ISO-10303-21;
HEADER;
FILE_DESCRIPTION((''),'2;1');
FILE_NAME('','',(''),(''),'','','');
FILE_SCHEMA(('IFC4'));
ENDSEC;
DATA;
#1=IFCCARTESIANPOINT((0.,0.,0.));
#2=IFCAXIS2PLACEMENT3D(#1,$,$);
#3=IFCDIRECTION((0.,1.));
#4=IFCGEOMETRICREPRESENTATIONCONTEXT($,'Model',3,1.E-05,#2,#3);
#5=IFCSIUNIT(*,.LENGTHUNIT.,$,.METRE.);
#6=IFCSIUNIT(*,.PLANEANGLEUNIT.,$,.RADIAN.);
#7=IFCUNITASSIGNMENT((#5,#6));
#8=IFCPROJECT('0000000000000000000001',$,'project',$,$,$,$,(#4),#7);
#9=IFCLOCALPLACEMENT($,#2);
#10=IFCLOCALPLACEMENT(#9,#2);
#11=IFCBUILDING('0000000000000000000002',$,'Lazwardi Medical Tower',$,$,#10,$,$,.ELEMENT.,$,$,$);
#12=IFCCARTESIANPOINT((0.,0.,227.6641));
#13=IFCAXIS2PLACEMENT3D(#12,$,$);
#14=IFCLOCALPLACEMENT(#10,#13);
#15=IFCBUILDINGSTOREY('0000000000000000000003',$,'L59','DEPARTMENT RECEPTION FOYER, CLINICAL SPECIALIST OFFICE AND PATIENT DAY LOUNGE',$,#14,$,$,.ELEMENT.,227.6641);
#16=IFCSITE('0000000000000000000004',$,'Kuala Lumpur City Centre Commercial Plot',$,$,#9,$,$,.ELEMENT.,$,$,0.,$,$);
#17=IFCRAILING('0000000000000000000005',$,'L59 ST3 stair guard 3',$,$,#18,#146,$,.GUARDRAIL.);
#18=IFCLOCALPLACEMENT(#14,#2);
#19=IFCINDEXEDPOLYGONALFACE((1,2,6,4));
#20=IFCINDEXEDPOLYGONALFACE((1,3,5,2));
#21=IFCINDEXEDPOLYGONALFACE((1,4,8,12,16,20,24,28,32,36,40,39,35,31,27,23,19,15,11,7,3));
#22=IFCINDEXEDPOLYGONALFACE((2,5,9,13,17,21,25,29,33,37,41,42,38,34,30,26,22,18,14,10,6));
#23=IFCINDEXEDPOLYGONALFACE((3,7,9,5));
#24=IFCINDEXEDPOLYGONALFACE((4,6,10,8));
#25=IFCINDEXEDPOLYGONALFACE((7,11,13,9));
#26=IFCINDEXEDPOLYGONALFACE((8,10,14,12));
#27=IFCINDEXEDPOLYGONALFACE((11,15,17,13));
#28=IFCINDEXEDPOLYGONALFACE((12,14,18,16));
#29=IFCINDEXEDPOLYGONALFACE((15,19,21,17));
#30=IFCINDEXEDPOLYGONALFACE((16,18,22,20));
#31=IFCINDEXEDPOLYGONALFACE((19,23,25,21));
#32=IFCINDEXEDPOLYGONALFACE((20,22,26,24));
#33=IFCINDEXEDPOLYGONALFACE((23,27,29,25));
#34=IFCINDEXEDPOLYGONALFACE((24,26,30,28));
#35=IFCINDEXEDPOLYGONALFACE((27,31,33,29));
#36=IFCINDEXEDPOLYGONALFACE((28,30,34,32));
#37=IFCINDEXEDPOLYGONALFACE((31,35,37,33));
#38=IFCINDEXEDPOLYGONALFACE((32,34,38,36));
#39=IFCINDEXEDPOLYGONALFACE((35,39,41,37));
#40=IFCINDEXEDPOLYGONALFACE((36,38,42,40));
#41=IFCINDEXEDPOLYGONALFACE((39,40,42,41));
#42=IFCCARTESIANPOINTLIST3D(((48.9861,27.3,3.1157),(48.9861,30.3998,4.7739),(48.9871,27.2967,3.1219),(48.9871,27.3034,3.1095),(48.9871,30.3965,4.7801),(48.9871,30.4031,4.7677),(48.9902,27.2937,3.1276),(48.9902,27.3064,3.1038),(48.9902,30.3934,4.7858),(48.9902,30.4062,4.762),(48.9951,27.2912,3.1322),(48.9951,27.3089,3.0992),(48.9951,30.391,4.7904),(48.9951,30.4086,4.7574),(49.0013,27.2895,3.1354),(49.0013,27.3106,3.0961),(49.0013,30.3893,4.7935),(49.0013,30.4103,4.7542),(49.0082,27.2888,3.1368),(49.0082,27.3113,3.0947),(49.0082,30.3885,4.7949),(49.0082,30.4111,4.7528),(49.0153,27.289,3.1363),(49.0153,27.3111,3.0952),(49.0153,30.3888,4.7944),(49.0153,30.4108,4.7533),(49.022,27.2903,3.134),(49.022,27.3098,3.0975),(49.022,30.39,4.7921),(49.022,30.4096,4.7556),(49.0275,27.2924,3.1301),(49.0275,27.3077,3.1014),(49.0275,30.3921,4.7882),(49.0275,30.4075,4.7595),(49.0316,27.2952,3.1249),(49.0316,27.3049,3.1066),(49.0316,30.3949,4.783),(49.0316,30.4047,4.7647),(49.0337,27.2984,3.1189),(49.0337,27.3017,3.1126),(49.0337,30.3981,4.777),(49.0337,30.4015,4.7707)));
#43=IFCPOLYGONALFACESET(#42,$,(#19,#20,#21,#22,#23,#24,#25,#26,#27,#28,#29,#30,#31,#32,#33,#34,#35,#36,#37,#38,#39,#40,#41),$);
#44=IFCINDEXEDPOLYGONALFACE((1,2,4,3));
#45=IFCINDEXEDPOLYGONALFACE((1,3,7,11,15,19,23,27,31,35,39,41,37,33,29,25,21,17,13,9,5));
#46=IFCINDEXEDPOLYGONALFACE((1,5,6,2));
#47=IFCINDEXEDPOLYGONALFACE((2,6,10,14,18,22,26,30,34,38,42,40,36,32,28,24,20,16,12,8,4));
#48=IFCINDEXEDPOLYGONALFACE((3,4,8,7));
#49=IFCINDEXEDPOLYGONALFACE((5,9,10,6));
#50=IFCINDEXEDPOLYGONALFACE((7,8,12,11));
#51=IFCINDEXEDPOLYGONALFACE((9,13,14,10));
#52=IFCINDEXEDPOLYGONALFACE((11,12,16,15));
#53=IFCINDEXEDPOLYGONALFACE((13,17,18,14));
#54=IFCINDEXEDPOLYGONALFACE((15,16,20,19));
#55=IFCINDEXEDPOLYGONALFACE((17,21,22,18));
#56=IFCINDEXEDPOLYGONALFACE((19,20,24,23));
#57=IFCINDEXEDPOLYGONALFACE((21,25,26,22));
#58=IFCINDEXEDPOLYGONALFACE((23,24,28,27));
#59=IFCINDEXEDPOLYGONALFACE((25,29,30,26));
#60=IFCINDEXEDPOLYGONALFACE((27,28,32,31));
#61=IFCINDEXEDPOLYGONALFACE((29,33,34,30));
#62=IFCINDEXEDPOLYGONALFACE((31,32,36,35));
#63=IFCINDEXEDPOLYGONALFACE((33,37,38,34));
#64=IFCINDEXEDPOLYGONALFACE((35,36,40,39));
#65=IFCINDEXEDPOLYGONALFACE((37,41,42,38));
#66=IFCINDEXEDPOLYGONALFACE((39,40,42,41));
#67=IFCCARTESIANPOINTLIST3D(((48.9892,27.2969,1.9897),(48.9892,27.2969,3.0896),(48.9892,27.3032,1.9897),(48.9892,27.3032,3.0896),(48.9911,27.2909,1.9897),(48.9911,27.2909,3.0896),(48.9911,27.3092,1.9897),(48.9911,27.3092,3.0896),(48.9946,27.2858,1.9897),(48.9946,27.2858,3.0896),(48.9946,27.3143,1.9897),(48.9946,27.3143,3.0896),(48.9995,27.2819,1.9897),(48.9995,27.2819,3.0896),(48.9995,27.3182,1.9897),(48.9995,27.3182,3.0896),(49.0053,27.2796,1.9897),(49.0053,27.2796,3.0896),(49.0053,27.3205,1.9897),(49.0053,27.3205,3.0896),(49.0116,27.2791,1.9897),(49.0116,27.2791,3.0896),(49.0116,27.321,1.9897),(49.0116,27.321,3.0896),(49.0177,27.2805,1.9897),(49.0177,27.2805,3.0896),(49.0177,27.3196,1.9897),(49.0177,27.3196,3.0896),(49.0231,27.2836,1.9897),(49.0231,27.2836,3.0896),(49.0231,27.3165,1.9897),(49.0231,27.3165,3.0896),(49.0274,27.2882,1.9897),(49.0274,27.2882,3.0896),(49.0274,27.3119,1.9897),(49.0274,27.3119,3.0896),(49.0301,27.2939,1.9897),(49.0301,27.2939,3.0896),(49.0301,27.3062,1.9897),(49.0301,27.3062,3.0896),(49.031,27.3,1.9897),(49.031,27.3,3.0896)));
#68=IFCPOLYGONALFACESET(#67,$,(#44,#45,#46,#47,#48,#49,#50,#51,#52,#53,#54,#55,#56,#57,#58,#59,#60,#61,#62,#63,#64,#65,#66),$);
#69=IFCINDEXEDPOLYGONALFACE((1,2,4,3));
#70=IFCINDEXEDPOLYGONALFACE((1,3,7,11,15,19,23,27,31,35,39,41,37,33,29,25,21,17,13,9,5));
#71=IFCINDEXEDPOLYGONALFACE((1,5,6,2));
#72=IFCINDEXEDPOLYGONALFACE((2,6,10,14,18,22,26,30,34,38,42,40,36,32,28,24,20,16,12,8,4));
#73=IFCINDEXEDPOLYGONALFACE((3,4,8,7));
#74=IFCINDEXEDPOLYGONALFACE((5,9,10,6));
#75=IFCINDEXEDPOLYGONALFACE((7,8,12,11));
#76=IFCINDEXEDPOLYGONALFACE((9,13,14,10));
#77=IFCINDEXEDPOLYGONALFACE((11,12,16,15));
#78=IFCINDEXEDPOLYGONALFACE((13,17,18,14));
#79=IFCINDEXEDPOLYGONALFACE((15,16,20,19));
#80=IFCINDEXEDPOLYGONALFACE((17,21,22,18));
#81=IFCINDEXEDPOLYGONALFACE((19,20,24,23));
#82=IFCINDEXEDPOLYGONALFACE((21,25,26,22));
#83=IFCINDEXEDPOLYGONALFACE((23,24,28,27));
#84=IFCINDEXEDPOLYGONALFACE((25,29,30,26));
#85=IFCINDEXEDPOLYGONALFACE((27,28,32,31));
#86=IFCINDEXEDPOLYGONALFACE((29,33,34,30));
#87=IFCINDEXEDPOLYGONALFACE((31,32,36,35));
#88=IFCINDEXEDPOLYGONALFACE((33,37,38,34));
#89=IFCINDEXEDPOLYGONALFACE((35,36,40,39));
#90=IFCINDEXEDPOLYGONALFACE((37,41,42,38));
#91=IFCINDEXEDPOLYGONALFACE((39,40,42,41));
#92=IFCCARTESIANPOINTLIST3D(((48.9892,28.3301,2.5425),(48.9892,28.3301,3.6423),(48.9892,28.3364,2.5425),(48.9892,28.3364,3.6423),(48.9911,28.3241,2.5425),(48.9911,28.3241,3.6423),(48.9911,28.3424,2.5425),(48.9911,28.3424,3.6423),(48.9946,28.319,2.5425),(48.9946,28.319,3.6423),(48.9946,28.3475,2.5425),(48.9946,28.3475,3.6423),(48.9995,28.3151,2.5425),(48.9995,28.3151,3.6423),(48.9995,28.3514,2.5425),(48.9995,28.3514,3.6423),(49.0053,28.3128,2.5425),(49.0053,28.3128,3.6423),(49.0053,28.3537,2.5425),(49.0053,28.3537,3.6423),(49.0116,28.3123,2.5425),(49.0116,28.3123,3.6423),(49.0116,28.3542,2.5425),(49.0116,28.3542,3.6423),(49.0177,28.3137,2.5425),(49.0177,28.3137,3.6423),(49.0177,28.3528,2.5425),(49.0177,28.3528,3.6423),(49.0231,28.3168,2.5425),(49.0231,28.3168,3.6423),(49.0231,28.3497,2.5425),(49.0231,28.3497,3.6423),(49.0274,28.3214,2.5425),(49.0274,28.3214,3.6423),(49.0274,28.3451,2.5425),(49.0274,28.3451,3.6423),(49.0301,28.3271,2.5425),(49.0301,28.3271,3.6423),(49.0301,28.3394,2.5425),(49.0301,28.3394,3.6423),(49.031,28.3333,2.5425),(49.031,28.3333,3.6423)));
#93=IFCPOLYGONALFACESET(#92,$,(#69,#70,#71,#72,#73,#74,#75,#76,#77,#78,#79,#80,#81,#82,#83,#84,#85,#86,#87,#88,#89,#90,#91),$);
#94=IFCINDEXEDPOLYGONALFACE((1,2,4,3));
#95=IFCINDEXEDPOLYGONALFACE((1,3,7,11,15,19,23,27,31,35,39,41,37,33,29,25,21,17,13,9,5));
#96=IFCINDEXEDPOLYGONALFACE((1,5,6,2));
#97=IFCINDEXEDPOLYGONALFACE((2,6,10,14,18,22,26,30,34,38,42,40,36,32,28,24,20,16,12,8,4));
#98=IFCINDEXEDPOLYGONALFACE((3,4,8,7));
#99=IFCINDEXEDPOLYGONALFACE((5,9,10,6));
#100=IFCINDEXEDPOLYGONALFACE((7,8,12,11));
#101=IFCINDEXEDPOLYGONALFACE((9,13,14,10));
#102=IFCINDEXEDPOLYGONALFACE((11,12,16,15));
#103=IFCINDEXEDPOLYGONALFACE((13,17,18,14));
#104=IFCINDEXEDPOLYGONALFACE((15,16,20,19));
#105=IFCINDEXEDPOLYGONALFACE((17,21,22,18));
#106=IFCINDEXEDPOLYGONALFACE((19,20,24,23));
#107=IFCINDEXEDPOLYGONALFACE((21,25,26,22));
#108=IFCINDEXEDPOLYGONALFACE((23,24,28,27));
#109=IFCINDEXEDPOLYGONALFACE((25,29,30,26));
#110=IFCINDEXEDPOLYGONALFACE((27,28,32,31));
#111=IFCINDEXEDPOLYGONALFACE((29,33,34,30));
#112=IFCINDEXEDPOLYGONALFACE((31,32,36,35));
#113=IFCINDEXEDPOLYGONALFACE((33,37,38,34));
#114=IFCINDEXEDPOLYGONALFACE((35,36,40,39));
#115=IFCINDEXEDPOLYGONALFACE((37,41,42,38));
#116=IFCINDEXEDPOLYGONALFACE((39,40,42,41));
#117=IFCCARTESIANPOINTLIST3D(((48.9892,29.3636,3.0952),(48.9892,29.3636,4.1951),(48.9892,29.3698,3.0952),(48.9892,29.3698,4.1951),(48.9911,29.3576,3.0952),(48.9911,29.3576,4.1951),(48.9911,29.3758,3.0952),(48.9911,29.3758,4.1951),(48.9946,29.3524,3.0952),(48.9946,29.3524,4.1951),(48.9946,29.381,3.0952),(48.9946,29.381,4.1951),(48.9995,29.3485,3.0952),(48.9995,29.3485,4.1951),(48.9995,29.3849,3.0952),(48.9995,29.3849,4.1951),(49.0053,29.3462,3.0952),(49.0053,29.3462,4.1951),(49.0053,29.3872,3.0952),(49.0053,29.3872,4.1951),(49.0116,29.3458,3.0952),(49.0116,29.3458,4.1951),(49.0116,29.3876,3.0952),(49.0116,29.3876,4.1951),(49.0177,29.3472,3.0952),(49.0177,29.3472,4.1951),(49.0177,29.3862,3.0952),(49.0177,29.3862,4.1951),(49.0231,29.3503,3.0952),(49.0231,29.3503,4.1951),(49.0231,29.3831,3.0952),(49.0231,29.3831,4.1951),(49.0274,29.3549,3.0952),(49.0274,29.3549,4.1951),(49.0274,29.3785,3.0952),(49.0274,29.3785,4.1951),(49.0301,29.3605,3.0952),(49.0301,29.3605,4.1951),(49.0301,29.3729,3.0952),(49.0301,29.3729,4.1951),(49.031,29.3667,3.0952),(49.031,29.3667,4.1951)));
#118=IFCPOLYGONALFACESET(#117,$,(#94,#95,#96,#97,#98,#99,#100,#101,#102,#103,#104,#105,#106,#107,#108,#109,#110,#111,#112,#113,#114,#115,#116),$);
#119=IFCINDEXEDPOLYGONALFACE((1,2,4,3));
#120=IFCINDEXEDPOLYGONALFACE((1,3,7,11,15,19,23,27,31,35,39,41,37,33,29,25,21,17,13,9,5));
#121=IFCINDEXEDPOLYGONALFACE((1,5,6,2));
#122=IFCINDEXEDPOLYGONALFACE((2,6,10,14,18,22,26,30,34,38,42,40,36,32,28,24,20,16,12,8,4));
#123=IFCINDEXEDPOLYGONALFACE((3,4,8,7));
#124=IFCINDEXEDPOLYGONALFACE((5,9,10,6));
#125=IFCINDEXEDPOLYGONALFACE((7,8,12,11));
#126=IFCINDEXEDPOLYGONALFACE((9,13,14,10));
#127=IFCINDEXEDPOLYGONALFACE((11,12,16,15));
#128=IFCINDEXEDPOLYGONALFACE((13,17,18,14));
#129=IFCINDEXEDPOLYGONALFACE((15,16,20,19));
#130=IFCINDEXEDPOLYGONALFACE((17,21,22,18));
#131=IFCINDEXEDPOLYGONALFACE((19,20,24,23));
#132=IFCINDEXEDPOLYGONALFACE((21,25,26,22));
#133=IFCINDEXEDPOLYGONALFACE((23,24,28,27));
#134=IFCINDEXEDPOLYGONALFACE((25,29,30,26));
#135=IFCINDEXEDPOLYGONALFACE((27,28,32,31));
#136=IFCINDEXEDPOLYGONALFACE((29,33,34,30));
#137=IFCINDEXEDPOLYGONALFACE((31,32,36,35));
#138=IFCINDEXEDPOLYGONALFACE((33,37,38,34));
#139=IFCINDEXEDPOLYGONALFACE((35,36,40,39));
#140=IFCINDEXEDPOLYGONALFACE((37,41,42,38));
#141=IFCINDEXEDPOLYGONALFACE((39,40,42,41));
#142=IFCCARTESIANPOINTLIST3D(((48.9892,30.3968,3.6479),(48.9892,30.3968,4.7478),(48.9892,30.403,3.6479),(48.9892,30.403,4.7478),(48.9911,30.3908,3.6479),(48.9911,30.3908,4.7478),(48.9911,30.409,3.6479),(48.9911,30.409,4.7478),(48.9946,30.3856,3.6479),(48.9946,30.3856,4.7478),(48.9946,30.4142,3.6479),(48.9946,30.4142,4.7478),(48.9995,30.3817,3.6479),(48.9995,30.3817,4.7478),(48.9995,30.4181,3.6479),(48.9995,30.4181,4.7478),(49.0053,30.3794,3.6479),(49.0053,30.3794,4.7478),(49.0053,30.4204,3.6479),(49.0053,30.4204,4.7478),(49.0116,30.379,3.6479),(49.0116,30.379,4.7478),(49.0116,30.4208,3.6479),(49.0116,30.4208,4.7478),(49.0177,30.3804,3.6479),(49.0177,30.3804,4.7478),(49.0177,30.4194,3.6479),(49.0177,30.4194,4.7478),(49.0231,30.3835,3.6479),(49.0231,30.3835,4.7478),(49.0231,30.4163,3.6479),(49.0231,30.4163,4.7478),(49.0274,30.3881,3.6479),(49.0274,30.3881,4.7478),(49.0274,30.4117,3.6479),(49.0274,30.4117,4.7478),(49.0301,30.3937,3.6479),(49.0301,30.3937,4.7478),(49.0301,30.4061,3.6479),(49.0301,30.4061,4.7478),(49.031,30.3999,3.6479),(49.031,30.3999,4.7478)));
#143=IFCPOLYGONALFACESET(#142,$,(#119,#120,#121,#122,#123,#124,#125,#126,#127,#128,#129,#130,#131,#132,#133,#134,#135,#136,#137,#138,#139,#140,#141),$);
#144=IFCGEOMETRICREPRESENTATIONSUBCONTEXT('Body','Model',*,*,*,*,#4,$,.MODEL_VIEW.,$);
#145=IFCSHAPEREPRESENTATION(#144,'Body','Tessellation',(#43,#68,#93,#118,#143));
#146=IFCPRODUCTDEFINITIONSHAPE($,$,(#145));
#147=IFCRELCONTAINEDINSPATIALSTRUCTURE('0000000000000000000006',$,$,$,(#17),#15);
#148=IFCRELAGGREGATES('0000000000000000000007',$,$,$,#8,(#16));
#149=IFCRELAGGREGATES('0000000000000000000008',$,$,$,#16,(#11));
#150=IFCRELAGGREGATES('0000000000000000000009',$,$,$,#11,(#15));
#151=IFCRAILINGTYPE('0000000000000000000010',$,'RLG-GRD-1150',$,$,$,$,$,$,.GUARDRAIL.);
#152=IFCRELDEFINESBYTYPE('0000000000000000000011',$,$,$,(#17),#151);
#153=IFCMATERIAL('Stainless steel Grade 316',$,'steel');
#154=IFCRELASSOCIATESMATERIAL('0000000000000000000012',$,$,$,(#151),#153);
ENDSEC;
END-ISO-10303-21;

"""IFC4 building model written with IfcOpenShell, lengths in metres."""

from ifc_helpers import new_model, si_unit, direction, frame, origin, origin_2d, place, context, subcontext, project, spatial, circle, extrude, material, type_object, element, save


model = new_model("IFC4")

# Units and contexts
model_context = context("Model", 3, precision=1e-05, world=origin(), true_north=direction((0.0, 1.0)))
body_context = subcontext(model_context, "Body", "Model", "MODEL_VIEW")
ifc_project = project(units=[si_unit("LENGTHUNIT", "METRE"), si_unit("PLANEANGLEUNIT", "RADIAN")], contexts=[model_context])

# Site, building, storey
site_placement = place(None, origin())
site = spatial("IfcSite", under=ifc_project, at=site_placement, Name="Kuala Lumpur City Centre Commercial Plot", CompositionType="ELEMENT", RefElevation=0.0)
building_placement = place(site_placement, origin())
building = spatial("IfcBuilding", under=site, at=building_placement, Name="Lazwardi Medical Tower", CompositionType="ELEMENT")
storey_placement = place(building_placement, frame((0.0, 0.0, 227.6641)))
storey = spatial("IfcBuildingStorey", under=building, at=storey_placement, Name="L59", Description="DEPARTMENT RECEPTION FOYER, CLINICAL SPECIALIST OFFICE AND PATIENT DAY LOUNGE", CompositionType="ELEMENT", Elevation=227.6641)

# Railing
ifc_material_1 = material(Name="Stainless steel Grade 316", Category="steel")
railing_type_1 = type_object("IfcRailingType", Name="RLG-GRD-1150", PredefinedType="GUARDRAIL", material=ifc_material_1)
railing_1_placement = place(storey_placement, frame((49.01, 27.3, 1.9897)))
element("IfcRailing", 1, at=railing_1_placement, inside=storey, type_object=railing_type_1, Name="L59 ST3 stair guard 3", PredefinedType="GUARDRAIL", context=body_context, shape_type="SweptSolid", body=[
    extrude(circle(Radius=0.0239, at=origin_2d()), frame((0.0, 0.0, 1.126), z_axis=(0.0, 0.881768, 0.471684), x_axis=(-1.0, 0.0, 0.0)), (0.0, 0.0, 1.0), 3.5154),
    extrude(circle(Radius=0.021, at=origin_2d()), origin(), (0.0, 0.0, 1.0), 1.0999),
    extrude(circle(Radius=0.021, at=origin_2d()), frame((0.0, 1.0332, 0.5527)), (0.0, 0.0, 1.0), 1.0999),
    extrude(circle(Radius=0.021, at=origin_2d()), frame((0.0, 2.0667, 1.1055)), (0.0, 0.0, 1.0), 1.0999),
    extrude(circle(Radius=0.021, at=origin_2d()), frame((0.0, 3.0999, 1.6582)), (0.0, 0.0, 1.0), 1.0999),
])

save(model, "model.ifc")
